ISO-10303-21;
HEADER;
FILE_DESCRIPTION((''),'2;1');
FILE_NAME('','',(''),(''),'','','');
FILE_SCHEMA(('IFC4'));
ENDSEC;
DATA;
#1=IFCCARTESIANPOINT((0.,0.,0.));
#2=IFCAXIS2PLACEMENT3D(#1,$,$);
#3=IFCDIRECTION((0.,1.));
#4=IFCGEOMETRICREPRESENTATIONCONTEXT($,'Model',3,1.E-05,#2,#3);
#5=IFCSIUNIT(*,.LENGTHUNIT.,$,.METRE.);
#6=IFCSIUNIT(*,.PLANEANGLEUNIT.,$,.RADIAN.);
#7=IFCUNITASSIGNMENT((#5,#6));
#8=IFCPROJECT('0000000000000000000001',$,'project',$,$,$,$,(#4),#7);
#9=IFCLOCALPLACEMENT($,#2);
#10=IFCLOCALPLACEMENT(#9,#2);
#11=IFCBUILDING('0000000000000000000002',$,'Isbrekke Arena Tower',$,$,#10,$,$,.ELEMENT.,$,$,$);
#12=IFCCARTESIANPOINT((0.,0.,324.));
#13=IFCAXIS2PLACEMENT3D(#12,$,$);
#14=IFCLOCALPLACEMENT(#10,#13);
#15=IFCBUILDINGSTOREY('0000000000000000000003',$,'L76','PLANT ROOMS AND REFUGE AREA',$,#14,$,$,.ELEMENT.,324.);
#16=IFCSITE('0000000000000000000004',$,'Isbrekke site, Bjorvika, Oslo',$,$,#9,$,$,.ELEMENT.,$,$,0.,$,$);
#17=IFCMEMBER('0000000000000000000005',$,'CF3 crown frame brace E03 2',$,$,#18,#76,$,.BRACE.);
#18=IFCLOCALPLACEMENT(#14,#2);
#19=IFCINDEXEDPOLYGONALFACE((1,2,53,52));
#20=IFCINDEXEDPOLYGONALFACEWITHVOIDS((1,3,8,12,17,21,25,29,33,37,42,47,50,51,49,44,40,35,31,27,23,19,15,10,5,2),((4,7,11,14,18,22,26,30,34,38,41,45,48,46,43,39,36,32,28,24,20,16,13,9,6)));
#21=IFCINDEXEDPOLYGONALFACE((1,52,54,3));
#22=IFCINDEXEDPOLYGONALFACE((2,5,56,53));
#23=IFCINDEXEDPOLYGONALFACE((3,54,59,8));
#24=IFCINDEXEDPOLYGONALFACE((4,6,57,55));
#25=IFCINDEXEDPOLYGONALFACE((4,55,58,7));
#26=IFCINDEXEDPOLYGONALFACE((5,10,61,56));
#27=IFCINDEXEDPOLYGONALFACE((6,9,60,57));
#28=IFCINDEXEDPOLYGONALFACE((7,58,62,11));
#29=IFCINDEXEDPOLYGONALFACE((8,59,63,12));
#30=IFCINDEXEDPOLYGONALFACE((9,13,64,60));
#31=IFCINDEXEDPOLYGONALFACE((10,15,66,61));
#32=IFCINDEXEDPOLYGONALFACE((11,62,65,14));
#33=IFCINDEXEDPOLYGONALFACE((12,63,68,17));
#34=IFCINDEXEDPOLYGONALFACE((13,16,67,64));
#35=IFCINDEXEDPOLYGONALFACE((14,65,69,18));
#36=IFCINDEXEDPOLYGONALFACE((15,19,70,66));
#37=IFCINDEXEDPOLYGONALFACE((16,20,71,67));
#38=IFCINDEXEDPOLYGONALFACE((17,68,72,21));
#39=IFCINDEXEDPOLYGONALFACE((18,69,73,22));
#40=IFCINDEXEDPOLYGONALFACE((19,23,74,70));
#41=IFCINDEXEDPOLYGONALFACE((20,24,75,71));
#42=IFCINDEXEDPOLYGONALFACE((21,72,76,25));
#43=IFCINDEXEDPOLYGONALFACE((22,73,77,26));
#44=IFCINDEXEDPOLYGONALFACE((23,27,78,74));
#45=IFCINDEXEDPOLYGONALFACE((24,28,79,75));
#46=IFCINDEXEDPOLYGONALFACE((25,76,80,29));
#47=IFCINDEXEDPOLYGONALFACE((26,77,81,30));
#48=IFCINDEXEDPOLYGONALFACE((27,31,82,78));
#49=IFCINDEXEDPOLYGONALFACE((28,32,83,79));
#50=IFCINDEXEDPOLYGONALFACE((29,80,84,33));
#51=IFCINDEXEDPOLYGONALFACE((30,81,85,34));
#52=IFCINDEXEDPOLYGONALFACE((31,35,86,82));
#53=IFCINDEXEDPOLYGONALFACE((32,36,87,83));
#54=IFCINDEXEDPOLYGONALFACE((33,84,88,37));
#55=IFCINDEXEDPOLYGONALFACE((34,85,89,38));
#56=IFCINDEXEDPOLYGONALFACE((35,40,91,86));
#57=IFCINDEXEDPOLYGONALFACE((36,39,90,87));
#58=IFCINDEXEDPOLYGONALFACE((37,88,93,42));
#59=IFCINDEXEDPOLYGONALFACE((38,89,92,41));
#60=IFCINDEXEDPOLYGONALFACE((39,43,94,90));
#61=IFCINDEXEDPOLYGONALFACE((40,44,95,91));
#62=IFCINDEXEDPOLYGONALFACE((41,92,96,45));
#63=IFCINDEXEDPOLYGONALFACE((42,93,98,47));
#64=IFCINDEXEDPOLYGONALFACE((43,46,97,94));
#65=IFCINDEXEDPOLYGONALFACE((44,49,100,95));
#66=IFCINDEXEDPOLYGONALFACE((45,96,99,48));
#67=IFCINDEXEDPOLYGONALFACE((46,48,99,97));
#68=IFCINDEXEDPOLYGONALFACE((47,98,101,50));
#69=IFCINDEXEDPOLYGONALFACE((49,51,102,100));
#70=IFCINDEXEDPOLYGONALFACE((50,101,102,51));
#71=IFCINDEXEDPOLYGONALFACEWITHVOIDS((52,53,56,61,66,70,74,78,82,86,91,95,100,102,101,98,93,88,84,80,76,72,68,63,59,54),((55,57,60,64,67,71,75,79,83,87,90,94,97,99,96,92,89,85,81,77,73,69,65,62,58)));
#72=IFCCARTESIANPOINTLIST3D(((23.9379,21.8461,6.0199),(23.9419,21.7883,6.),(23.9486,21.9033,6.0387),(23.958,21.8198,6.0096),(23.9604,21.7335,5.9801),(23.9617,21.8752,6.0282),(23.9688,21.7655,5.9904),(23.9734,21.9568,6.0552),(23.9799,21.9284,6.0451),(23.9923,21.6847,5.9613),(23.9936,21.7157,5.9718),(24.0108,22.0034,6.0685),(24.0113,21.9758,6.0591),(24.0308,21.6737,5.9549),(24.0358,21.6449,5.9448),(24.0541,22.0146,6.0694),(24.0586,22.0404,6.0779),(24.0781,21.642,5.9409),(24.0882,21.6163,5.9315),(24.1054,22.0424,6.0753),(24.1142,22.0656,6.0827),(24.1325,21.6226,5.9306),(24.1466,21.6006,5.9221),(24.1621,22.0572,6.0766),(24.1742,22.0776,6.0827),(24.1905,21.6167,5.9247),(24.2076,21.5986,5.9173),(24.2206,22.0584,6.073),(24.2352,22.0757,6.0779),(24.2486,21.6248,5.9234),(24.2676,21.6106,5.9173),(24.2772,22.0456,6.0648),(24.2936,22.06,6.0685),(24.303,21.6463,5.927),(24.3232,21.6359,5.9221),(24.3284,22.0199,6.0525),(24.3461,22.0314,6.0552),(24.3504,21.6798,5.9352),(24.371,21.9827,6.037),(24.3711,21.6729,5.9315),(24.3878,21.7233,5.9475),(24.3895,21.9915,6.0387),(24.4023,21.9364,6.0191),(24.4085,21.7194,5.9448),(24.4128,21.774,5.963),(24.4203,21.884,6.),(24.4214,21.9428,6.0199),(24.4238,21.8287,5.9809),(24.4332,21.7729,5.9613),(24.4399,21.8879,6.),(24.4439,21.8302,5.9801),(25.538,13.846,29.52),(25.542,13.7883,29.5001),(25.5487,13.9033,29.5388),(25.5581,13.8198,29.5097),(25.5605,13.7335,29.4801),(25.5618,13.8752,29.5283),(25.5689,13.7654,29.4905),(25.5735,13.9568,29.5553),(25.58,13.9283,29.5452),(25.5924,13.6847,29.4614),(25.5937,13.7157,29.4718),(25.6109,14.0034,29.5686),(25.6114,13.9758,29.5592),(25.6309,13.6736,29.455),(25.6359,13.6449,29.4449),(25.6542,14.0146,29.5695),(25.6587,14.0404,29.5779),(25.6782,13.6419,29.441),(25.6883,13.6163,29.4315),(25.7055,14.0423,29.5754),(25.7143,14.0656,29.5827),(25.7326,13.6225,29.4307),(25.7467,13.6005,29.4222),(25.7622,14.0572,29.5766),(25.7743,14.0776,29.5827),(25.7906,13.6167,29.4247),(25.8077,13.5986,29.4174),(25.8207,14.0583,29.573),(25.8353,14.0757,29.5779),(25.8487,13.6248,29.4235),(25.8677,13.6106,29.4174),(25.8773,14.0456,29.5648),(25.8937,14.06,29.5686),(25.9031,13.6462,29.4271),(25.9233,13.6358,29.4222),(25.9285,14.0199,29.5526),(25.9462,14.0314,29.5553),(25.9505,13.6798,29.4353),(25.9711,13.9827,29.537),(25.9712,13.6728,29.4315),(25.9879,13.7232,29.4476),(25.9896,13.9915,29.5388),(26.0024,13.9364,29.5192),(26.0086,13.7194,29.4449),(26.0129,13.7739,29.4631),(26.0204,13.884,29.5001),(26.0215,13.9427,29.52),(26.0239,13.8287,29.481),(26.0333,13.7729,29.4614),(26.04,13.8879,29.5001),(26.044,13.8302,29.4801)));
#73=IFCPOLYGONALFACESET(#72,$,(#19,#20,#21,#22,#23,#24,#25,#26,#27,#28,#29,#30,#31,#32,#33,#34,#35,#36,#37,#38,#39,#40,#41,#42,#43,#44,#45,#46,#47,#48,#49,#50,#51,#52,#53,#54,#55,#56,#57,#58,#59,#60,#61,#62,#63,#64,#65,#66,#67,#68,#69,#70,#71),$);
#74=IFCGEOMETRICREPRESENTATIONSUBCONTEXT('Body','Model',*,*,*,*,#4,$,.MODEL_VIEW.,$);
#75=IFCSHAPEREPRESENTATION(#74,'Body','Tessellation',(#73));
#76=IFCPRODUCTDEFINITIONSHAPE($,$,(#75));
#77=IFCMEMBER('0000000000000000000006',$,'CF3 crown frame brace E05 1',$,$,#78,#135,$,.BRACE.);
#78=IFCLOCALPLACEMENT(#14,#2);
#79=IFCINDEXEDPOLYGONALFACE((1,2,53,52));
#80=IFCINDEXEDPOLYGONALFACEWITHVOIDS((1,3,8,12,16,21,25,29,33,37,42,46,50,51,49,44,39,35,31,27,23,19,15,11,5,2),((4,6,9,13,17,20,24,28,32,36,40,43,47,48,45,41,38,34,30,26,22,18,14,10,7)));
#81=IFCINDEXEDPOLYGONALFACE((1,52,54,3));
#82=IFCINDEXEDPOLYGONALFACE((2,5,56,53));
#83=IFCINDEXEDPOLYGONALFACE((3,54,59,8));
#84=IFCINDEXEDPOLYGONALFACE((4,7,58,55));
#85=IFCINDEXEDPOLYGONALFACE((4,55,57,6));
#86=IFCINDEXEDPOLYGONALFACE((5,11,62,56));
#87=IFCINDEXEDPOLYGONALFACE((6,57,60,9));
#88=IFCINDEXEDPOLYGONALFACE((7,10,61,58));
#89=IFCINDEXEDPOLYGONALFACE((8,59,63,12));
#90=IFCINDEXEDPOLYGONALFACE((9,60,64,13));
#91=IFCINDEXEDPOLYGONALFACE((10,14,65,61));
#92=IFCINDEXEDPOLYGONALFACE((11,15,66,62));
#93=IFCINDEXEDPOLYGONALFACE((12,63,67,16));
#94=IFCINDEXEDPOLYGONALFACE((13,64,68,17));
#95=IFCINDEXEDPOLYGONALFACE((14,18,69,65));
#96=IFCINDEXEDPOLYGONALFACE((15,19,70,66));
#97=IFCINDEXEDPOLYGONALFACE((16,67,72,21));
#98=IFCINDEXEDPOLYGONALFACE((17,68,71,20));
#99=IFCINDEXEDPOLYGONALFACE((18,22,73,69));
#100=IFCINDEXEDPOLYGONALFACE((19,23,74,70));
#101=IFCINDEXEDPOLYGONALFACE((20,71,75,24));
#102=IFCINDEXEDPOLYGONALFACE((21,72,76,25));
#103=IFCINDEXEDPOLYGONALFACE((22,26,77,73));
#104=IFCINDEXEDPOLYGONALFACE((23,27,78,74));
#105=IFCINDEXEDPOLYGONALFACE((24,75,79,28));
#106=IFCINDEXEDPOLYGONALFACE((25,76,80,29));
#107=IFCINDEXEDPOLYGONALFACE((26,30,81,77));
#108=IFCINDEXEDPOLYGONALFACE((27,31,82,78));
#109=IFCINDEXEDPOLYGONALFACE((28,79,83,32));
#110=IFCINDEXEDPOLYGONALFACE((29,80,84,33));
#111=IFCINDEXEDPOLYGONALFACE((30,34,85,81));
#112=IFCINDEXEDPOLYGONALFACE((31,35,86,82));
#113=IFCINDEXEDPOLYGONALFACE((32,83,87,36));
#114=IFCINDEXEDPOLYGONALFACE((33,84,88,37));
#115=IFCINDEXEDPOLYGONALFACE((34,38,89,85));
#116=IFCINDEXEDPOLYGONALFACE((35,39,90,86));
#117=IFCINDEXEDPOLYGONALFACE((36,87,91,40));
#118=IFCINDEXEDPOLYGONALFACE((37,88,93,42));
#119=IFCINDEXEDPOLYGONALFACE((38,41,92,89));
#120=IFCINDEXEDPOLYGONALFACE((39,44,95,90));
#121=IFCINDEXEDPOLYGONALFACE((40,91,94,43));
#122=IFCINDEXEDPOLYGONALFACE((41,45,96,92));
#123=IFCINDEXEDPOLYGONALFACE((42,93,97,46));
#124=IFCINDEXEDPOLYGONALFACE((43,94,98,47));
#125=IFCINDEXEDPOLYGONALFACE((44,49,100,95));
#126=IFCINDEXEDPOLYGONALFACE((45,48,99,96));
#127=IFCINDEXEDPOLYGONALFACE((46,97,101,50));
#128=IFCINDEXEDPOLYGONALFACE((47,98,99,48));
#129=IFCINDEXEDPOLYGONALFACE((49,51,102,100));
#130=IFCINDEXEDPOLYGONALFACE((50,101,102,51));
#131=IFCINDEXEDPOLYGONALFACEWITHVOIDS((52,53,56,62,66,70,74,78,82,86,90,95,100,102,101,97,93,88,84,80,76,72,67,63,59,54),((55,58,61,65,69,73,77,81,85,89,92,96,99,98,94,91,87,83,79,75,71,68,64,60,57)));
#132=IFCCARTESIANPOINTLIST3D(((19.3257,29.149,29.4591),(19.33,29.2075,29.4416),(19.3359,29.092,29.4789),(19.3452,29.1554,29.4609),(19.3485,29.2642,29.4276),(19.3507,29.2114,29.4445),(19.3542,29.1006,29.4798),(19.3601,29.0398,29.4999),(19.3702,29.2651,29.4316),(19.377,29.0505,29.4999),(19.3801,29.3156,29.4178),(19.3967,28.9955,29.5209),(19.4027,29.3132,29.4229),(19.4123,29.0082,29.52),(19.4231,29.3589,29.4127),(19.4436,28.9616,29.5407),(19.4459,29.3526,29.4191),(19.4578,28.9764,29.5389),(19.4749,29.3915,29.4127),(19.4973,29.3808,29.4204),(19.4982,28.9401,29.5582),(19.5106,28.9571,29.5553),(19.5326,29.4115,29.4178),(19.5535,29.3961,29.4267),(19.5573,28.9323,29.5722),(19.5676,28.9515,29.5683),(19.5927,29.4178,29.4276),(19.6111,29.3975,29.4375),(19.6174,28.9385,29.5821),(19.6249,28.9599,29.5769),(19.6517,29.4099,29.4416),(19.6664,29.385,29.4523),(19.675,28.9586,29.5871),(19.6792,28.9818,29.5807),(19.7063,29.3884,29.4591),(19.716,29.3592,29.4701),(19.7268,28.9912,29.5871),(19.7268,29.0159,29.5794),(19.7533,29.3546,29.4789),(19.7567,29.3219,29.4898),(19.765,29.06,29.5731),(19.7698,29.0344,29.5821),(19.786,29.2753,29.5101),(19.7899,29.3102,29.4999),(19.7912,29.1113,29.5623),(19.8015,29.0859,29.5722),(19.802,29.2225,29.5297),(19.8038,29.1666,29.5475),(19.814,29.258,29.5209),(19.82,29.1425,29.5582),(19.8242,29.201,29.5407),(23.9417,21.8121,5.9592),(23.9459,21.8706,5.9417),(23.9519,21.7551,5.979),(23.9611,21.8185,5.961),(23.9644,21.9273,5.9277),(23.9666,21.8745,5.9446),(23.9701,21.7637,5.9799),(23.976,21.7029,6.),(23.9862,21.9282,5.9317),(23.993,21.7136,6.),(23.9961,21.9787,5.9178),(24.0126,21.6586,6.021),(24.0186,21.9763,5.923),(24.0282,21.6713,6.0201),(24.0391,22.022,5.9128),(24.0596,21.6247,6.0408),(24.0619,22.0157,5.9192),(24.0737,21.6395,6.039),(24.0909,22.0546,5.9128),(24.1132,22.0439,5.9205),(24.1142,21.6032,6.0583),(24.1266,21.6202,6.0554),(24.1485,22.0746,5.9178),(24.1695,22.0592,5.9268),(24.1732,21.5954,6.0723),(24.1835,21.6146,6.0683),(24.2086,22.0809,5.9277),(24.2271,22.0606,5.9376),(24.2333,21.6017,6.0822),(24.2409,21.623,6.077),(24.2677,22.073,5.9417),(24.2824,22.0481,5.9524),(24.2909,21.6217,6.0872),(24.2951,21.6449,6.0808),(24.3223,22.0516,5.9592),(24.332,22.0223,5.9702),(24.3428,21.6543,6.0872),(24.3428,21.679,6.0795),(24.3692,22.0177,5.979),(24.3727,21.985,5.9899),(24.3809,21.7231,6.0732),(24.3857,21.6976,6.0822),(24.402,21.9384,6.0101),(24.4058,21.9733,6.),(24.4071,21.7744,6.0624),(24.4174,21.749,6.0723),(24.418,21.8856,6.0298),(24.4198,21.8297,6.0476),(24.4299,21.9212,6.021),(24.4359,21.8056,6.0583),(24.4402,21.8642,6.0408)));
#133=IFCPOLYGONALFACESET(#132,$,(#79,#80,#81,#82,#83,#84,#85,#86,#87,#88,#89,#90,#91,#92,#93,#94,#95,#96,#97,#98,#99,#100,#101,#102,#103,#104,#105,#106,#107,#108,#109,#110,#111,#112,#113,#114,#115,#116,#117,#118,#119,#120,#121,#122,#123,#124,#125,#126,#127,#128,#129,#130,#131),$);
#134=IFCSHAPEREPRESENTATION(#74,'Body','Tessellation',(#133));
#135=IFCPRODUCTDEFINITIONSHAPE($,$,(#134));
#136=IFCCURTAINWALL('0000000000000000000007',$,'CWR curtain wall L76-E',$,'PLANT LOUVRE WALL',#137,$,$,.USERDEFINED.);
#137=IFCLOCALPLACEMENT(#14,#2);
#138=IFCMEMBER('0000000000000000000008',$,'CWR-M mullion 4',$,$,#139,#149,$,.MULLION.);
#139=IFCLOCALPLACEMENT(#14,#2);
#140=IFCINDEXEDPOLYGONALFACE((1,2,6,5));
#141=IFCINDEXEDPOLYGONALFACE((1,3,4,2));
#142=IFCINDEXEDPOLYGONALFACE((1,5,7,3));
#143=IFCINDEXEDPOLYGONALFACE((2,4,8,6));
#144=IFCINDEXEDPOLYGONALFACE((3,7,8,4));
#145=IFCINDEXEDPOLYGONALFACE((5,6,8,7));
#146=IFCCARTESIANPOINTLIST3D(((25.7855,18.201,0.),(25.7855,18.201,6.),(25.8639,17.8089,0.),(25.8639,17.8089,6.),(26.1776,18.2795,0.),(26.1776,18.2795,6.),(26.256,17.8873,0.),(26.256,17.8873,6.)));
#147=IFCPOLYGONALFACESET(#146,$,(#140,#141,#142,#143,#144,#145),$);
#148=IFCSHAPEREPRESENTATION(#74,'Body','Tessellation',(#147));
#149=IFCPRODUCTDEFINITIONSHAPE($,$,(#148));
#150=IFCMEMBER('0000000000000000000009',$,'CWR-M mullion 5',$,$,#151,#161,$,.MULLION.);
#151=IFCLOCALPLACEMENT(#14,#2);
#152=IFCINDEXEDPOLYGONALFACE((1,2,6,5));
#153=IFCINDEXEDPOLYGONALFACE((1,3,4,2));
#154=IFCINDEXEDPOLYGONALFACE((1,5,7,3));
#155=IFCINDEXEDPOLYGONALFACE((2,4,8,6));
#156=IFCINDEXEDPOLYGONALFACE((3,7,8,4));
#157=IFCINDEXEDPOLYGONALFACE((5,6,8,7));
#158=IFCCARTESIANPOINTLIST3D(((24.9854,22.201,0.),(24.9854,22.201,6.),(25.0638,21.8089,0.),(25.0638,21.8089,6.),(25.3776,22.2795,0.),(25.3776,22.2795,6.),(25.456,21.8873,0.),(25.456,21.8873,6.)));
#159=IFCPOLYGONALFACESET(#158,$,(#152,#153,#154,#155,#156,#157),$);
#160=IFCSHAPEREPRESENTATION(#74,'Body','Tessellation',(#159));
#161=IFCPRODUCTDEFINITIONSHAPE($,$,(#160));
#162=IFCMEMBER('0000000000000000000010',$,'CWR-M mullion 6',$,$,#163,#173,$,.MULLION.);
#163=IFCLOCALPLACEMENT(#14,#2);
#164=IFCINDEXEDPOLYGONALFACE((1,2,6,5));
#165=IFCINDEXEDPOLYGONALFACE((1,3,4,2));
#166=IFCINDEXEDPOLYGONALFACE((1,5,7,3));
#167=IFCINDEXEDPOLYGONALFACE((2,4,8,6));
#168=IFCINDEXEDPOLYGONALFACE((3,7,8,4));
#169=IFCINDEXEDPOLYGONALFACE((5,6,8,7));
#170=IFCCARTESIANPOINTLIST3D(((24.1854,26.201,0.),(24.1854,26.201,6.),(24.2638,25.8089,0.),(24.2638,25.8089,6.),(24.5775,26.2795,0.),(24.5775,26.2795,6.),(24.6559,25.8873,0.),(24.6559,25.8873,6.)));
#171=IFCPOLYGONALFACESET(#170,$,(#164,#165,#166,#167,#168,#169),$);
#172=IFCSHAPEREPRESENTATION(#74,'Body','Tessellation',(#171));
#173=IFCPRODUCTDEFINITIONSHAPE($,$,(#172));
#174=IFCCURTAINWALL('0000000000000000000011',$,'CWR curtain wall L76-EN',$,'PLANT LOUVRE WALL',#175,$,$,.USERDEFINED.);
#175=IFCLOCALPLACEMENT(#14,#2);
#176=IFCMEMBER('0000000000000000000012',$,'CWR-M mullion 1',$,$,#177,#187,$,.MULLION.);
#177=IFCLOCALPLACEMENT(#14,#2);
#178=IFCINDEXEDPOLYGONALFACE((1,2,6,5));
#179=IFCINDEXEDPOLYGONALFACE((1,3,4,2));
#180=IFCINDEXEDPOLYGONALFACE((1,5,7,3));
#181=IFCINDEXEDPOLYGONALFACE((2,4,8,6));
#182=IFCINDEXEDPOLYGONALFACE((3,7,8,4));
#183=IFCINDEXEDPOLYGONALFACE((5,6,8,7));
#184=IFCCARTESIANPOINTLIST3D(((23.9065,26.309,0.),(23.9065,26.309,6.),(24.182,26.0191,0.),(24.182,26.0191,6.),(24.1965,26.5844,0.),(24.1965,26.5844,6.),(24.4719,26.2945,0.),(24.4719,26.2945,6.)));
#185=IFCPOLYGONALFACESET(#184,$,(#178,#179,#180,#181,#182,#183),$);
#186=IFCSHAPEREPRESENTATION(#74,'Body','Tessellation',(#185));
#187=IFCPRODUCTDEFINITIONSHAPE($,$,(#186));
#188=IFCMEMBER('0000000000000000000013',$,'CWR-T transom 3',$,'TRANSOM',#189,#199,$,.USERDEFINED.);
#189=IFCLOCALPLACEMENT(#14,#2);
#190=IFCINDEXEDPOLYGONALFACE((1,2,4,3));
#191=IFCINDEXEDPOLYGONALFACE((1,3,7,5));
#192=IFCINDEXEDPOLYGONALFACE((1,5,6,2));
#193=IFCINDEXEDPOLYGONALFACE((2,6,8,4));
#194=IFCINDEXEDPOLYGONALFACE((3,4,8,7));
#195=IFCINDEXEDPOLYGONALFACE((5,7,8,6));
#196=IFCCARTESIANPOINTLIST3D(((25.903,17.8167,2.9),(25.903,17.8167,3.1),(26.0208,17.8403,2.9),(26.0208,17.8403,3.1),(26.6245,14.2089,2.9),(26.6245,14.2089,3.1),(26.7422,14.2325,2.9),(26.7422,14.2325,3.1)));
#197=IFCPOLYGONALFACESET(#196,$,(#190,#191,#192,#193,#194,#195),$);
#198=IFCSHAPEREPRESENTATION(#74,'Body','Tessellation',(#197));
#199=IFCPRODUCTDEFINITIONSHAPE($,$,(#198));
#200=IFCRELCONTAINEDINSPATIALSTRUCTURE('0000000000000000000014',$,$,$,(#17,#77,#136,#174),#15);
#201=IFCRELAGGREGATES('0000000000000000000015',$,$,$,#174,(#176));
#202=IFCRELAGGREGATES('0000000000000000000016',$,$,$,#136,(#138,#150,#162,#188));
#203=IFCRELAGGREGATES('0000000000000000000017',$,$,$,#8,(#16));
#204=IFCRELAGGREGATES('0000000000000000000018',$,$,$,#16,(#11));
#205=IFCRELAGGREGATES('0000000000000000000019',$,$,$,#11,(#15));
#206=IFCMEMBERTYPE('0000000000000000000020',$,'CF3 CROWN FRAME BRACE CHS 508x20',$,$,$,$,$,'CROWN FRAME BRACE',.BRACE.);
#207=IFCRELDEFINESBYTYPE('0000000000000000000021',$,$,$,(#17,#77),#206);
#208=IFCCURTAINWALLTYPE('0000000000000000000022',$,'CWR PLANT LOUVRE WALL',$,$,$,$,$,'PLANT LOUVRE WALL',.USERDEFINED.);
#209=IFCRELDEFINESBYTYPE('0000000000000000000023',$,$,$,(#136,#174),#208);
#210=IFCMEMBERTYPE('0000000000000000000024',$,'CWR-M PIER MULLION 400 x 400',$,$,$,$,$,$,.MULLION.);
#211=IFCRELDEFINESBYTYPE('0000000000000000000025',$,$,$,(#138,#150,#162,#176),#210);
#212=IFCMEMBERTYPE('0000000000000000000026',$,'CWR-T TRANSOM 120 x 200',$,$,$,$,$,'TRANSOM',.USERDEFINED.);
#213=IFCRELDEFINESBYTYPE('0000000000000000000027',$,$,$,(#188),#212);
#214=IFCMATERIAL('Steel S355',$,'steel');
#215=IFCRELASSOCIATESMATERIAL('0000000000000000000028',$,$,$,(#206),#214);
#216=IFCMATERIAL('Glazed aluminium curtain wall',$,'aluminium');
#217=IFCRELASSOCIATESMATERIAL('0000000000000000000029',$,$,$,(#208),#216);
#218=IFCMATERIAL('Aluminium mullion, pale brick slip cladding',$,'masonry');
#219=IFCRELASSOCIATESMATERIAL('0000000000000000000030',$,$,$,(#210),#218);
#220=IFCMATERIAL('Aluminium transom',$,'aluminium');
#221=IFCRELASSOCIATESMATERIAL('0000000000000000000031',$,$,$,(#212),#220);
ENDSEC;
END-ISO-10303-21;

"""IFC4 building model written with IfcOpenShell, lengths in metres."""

from ifc_helpers import new_model, si_unit, direction, frame, origin, origin_2d, place, context, subcontext, project, spatial, rectangle, hollow_circle, extrude, material, material_profile, profile_set, type_object, element, aggregate, save


model = new_model("IFC4")

# Units and contexts
model_context = context("Model", 3, precision=1e-05, world=origin(), true_north=direction((0.0, 1.0)))
body_context = subcontext(model_context, "Body", "Model", "MODEL_VIEW")
ifc_project = project(units=[si_unit("LENGTHUNIT", "METRE"), si_unit("PLANEANGLEUNIT", "RADIAN")], contexts=[model_context])

# Site, building, storey
site_placement = place(None, origin())
site = spatial("IfcSite", under=ifc_project, at=site_placement, Name="Isbrekke site, Bjorvika, Oslo", CompositionType="ELEMENT", RefElevation=0.0)
building_placement = place(site_placement, origin())
building = spatial("IfcBuilding", under=site, at=building_placement, Name="Isbrekke Arena Tower", CompositionType="ELEMENT")
storey_placement = place(building_placement, frame((0.0, 0.0, 324.0)))
storey = spatial("IfcBuildingStorey", under=building, at=storey_placement, Name="L76", Description="PLANT ROOMS AND REFUGE AREA", CompositionType="ELEMENT", Elevation=324.0)

# Members
ifc_material_1 = material(Name="Steel S355", Category="steel")
ifc_material_profile_1 = material_profile(ifc_material_1, hollow_circle(Radius=0.2539, WallThickness=0.02, at=origin_2d()), Name="CHS 508x20")
ifc_profile_set_1 = profile_set([ifc_material_profile_1], Name="Steel S355")
member_type_1 = type_object("IfcMemberType", Name="CF3 CROWN FRAME BRACE CHS 508x20", ElementType="CROWN FRAME BRACE", PredefinedType="BRACE", material=ifc_profile_set_1)
member_1_placement = place(storey_placement, frame((24.1909, 21.8381, 6.0), z_axis=(0.064323, -0.321596, 0.94469), x_axis=(0.980578, 0.196128, 0.0)))
element("IfcMember", 1, at=member_1_placement, inside=storey, type_object=member_type_1, Name="CF3 crown frame brace E03 2", PredefinedType="BRACE", context=body_context, shape_type="SweptSolid", body=[
    extrude(hollow_circle(Radius=0.2539, WallThickness=0.02, at=origin_2d()), origin(), (0.0, 0.0, 1.0), 24.876),
])
member_2_placement = place(storey_placement, frame((24.1909, 21.8381, 6.0), z_axis=(-0.184287, 0.292918, 0.93821), x_axis=(-0.846419, -0.532518, 0.0)))
element("IfcMember", 2, at=member_2_placement, inside=storey, type_object=member_type_1, Name="CF3 crown frame brace E05 1", PredefinedType="BRACE", context=body_context, shape_type="SweptSolid", body=[
    extrude(hollow_circle(Radius=0.2539, WallThickness=0.02, at=origin_2d()), origin(), (0.0, 0.0, 1.0), 25.0476),
])

# Curtain wall, members
ifc_material_2 = material(Name="Glazed aluminium curtain wall", Category="aluminium")
curtain_wall_type = type_object("IfcCurtainWallType", Name="CWR PLANT LOUVRE WALL", ElementType="PLANT LOUVRE WALL", PredefinedType="USERDEFINED", material=ifc_material_2)
curtain_wall_1_placement = place(storey_placement, origin())
curtain_wall_1 = element("IfcCurtainWall", 3, at=curtain_wall_1_placement, inside=storey, type_object=curtain_wall_type, Name="CWR curtain wall L76-E", ObjectType="PLANT LOUVRE WALL", PredefinedType="USERDEFINED")
ifc_material_3 = material(Name="Aluminium mullion, pale brick slip cladding", Category="masonry")
ifc_material_profile_2 = material_profile(ifc_material_3, rectangle(XDim=0.3999, YDim=0.3999, at=origin_2d()), Name="PIER 400X400")
ifc_profile_set_2 = profile_set([ifc_material_profile_2], Name="Aluminium mullion, pale brick slip cladding")
member_type_2 = type_object("IfcMemberType", Name="CWR-M PIER MULLION 400 x 400", PredefinedType="MULLION", material=ifc_profile_set_2)
member_3_placement = place(storey_placement, frame((26.0208, 18.0442, 0.0), z_axis=(0.0, 0.0, 1.0), x_axis=(-0.196116, 0.980581, 0.0)))
member_3 = element("IfcMember", 4, at=member_3_placement, type_object=member_type_2, Name="CWR-M mullion 4", PredefinedType="MULLION", context=body_context, shape_type="SweptSolid", body=[
    extrude(rectangle(XDim=0.3999, YDim=0.3999, at=origin_2d()), origin(), (0.0, 0.0, 1.0), 6.0),
])
member_4_placement = place(storey_placement, frame((25.2207, 22.0442, 0.0), z_axis=(0.0, 0.0, 1.0), x_axis=(-0.196116, 0.980581, 0.0)))
member_4 = element("IfcMember", 5, at=member_4_placement, type_object=member_type_2, Name="CWR-M mullion 5", PredefinedType="MULLION", context=body_context, shape_type="SweptSolid", body=[
    extrude(rectangle(XDim=0.3999, YDim=0.3999, at=origin_2d()), origin(), (0.0, 0.0, 1.0), 6.0),
])
member_5_placement = place(storey_placement, frame((24.4207, 26.0442, 0.0), z_axis=(0.0, 0.0, 1.0), x_axis=(-0.196116, 0.980581, 0.0)))
member_5 = element("IfcMember", 6, at=member_5_placement, type_object=member_type_2, Name="CWR-M mullion 6", PredefinedType="MULLION", context=body_context, shape_type="SweptSolid", body=[
    extrude(rectangle(XDim=0.3999, YDim=0.3999, at=origin_2d()), origin(), (0.0, 0.0, 1.0), 6.0),
])

# Curtain wall, member
curtain_wall_2_placement = place(storey_placement, origin())
curtain_wall_2 = element("IfcCurtainWall", 7, at=curtain_wall_2_placement, inside=storey, type_object=curtain_wall_type, Name="CWR curtain wall L76-EN", ObjectType="PLANT LOUVRE WALL", PredefinedType="USERDEFINED")
member_6_placement = place(storey_placement, frame((24.1892, 26.3018, 0.0), z_axis=(0.0, 0.0, 1.0), x_axis=(-0.688749, 0.724999, 0.0)))
member_6 = element("IfcMember", 8, at=member_6_placement, type_object=member_type_2, Name="CWR-M mullion 1", PredefinedType="MULLION", context=body_context, shape_type="SweptSolid", body=[
    extrude(rectangle(XDim=0.3999, YDim=0.3999, at=origin_2d()), origin(), (0.0, 0.0, 1.0), 6.0),
])
aggregate(curtain_wall_2, [member_6])

# Member
ifc_material_4 = material(Name="Aluminium transom", Category="aluminium")
ifc_material_profile_3 = material_profile(ifc_material_4, rectangle(XDim=0.1201, YDim=0.2, at=origin_2d()), Name="TRANSOM 120X200")
ifc_profile_set_3 = profile_set([ifc_material_profile_3], Name="Aluminium transom")
member_type_3 = type_object("IfcMemberType", Name="CWR-T TRANSOM 120 x 200", ElementType="TRANSOM", PredefinedType="USERDEFINED", material=ifc_profile_set_3)
member_7_placement = place(storey_placement, frame((26.6833, 14.2207, 3.0), z_axis=(-0.196091, 0.980586, 0.0), x_axis=(-0.980586, -0.196091, 0.0)))
member_7 = element("IfcMember", 9, at=member_7_placement, type_object=member_type_3, Name="CWR-T transom 3", ObjectType="TRANSOM", PredefinedType="USERDEFINED", context=body_context, shape_type="SweptSolid", body=[
    extrude(rectangle(XDim=0.1201, YDim=0.2, at=origin_2d()), origin(), (0.0, 0.0, 1.0), 3.6792),
])

aggregate(curtain_wall_1, [member_3, member_4, member_5, member_7])

save(model, "model.ifc")
